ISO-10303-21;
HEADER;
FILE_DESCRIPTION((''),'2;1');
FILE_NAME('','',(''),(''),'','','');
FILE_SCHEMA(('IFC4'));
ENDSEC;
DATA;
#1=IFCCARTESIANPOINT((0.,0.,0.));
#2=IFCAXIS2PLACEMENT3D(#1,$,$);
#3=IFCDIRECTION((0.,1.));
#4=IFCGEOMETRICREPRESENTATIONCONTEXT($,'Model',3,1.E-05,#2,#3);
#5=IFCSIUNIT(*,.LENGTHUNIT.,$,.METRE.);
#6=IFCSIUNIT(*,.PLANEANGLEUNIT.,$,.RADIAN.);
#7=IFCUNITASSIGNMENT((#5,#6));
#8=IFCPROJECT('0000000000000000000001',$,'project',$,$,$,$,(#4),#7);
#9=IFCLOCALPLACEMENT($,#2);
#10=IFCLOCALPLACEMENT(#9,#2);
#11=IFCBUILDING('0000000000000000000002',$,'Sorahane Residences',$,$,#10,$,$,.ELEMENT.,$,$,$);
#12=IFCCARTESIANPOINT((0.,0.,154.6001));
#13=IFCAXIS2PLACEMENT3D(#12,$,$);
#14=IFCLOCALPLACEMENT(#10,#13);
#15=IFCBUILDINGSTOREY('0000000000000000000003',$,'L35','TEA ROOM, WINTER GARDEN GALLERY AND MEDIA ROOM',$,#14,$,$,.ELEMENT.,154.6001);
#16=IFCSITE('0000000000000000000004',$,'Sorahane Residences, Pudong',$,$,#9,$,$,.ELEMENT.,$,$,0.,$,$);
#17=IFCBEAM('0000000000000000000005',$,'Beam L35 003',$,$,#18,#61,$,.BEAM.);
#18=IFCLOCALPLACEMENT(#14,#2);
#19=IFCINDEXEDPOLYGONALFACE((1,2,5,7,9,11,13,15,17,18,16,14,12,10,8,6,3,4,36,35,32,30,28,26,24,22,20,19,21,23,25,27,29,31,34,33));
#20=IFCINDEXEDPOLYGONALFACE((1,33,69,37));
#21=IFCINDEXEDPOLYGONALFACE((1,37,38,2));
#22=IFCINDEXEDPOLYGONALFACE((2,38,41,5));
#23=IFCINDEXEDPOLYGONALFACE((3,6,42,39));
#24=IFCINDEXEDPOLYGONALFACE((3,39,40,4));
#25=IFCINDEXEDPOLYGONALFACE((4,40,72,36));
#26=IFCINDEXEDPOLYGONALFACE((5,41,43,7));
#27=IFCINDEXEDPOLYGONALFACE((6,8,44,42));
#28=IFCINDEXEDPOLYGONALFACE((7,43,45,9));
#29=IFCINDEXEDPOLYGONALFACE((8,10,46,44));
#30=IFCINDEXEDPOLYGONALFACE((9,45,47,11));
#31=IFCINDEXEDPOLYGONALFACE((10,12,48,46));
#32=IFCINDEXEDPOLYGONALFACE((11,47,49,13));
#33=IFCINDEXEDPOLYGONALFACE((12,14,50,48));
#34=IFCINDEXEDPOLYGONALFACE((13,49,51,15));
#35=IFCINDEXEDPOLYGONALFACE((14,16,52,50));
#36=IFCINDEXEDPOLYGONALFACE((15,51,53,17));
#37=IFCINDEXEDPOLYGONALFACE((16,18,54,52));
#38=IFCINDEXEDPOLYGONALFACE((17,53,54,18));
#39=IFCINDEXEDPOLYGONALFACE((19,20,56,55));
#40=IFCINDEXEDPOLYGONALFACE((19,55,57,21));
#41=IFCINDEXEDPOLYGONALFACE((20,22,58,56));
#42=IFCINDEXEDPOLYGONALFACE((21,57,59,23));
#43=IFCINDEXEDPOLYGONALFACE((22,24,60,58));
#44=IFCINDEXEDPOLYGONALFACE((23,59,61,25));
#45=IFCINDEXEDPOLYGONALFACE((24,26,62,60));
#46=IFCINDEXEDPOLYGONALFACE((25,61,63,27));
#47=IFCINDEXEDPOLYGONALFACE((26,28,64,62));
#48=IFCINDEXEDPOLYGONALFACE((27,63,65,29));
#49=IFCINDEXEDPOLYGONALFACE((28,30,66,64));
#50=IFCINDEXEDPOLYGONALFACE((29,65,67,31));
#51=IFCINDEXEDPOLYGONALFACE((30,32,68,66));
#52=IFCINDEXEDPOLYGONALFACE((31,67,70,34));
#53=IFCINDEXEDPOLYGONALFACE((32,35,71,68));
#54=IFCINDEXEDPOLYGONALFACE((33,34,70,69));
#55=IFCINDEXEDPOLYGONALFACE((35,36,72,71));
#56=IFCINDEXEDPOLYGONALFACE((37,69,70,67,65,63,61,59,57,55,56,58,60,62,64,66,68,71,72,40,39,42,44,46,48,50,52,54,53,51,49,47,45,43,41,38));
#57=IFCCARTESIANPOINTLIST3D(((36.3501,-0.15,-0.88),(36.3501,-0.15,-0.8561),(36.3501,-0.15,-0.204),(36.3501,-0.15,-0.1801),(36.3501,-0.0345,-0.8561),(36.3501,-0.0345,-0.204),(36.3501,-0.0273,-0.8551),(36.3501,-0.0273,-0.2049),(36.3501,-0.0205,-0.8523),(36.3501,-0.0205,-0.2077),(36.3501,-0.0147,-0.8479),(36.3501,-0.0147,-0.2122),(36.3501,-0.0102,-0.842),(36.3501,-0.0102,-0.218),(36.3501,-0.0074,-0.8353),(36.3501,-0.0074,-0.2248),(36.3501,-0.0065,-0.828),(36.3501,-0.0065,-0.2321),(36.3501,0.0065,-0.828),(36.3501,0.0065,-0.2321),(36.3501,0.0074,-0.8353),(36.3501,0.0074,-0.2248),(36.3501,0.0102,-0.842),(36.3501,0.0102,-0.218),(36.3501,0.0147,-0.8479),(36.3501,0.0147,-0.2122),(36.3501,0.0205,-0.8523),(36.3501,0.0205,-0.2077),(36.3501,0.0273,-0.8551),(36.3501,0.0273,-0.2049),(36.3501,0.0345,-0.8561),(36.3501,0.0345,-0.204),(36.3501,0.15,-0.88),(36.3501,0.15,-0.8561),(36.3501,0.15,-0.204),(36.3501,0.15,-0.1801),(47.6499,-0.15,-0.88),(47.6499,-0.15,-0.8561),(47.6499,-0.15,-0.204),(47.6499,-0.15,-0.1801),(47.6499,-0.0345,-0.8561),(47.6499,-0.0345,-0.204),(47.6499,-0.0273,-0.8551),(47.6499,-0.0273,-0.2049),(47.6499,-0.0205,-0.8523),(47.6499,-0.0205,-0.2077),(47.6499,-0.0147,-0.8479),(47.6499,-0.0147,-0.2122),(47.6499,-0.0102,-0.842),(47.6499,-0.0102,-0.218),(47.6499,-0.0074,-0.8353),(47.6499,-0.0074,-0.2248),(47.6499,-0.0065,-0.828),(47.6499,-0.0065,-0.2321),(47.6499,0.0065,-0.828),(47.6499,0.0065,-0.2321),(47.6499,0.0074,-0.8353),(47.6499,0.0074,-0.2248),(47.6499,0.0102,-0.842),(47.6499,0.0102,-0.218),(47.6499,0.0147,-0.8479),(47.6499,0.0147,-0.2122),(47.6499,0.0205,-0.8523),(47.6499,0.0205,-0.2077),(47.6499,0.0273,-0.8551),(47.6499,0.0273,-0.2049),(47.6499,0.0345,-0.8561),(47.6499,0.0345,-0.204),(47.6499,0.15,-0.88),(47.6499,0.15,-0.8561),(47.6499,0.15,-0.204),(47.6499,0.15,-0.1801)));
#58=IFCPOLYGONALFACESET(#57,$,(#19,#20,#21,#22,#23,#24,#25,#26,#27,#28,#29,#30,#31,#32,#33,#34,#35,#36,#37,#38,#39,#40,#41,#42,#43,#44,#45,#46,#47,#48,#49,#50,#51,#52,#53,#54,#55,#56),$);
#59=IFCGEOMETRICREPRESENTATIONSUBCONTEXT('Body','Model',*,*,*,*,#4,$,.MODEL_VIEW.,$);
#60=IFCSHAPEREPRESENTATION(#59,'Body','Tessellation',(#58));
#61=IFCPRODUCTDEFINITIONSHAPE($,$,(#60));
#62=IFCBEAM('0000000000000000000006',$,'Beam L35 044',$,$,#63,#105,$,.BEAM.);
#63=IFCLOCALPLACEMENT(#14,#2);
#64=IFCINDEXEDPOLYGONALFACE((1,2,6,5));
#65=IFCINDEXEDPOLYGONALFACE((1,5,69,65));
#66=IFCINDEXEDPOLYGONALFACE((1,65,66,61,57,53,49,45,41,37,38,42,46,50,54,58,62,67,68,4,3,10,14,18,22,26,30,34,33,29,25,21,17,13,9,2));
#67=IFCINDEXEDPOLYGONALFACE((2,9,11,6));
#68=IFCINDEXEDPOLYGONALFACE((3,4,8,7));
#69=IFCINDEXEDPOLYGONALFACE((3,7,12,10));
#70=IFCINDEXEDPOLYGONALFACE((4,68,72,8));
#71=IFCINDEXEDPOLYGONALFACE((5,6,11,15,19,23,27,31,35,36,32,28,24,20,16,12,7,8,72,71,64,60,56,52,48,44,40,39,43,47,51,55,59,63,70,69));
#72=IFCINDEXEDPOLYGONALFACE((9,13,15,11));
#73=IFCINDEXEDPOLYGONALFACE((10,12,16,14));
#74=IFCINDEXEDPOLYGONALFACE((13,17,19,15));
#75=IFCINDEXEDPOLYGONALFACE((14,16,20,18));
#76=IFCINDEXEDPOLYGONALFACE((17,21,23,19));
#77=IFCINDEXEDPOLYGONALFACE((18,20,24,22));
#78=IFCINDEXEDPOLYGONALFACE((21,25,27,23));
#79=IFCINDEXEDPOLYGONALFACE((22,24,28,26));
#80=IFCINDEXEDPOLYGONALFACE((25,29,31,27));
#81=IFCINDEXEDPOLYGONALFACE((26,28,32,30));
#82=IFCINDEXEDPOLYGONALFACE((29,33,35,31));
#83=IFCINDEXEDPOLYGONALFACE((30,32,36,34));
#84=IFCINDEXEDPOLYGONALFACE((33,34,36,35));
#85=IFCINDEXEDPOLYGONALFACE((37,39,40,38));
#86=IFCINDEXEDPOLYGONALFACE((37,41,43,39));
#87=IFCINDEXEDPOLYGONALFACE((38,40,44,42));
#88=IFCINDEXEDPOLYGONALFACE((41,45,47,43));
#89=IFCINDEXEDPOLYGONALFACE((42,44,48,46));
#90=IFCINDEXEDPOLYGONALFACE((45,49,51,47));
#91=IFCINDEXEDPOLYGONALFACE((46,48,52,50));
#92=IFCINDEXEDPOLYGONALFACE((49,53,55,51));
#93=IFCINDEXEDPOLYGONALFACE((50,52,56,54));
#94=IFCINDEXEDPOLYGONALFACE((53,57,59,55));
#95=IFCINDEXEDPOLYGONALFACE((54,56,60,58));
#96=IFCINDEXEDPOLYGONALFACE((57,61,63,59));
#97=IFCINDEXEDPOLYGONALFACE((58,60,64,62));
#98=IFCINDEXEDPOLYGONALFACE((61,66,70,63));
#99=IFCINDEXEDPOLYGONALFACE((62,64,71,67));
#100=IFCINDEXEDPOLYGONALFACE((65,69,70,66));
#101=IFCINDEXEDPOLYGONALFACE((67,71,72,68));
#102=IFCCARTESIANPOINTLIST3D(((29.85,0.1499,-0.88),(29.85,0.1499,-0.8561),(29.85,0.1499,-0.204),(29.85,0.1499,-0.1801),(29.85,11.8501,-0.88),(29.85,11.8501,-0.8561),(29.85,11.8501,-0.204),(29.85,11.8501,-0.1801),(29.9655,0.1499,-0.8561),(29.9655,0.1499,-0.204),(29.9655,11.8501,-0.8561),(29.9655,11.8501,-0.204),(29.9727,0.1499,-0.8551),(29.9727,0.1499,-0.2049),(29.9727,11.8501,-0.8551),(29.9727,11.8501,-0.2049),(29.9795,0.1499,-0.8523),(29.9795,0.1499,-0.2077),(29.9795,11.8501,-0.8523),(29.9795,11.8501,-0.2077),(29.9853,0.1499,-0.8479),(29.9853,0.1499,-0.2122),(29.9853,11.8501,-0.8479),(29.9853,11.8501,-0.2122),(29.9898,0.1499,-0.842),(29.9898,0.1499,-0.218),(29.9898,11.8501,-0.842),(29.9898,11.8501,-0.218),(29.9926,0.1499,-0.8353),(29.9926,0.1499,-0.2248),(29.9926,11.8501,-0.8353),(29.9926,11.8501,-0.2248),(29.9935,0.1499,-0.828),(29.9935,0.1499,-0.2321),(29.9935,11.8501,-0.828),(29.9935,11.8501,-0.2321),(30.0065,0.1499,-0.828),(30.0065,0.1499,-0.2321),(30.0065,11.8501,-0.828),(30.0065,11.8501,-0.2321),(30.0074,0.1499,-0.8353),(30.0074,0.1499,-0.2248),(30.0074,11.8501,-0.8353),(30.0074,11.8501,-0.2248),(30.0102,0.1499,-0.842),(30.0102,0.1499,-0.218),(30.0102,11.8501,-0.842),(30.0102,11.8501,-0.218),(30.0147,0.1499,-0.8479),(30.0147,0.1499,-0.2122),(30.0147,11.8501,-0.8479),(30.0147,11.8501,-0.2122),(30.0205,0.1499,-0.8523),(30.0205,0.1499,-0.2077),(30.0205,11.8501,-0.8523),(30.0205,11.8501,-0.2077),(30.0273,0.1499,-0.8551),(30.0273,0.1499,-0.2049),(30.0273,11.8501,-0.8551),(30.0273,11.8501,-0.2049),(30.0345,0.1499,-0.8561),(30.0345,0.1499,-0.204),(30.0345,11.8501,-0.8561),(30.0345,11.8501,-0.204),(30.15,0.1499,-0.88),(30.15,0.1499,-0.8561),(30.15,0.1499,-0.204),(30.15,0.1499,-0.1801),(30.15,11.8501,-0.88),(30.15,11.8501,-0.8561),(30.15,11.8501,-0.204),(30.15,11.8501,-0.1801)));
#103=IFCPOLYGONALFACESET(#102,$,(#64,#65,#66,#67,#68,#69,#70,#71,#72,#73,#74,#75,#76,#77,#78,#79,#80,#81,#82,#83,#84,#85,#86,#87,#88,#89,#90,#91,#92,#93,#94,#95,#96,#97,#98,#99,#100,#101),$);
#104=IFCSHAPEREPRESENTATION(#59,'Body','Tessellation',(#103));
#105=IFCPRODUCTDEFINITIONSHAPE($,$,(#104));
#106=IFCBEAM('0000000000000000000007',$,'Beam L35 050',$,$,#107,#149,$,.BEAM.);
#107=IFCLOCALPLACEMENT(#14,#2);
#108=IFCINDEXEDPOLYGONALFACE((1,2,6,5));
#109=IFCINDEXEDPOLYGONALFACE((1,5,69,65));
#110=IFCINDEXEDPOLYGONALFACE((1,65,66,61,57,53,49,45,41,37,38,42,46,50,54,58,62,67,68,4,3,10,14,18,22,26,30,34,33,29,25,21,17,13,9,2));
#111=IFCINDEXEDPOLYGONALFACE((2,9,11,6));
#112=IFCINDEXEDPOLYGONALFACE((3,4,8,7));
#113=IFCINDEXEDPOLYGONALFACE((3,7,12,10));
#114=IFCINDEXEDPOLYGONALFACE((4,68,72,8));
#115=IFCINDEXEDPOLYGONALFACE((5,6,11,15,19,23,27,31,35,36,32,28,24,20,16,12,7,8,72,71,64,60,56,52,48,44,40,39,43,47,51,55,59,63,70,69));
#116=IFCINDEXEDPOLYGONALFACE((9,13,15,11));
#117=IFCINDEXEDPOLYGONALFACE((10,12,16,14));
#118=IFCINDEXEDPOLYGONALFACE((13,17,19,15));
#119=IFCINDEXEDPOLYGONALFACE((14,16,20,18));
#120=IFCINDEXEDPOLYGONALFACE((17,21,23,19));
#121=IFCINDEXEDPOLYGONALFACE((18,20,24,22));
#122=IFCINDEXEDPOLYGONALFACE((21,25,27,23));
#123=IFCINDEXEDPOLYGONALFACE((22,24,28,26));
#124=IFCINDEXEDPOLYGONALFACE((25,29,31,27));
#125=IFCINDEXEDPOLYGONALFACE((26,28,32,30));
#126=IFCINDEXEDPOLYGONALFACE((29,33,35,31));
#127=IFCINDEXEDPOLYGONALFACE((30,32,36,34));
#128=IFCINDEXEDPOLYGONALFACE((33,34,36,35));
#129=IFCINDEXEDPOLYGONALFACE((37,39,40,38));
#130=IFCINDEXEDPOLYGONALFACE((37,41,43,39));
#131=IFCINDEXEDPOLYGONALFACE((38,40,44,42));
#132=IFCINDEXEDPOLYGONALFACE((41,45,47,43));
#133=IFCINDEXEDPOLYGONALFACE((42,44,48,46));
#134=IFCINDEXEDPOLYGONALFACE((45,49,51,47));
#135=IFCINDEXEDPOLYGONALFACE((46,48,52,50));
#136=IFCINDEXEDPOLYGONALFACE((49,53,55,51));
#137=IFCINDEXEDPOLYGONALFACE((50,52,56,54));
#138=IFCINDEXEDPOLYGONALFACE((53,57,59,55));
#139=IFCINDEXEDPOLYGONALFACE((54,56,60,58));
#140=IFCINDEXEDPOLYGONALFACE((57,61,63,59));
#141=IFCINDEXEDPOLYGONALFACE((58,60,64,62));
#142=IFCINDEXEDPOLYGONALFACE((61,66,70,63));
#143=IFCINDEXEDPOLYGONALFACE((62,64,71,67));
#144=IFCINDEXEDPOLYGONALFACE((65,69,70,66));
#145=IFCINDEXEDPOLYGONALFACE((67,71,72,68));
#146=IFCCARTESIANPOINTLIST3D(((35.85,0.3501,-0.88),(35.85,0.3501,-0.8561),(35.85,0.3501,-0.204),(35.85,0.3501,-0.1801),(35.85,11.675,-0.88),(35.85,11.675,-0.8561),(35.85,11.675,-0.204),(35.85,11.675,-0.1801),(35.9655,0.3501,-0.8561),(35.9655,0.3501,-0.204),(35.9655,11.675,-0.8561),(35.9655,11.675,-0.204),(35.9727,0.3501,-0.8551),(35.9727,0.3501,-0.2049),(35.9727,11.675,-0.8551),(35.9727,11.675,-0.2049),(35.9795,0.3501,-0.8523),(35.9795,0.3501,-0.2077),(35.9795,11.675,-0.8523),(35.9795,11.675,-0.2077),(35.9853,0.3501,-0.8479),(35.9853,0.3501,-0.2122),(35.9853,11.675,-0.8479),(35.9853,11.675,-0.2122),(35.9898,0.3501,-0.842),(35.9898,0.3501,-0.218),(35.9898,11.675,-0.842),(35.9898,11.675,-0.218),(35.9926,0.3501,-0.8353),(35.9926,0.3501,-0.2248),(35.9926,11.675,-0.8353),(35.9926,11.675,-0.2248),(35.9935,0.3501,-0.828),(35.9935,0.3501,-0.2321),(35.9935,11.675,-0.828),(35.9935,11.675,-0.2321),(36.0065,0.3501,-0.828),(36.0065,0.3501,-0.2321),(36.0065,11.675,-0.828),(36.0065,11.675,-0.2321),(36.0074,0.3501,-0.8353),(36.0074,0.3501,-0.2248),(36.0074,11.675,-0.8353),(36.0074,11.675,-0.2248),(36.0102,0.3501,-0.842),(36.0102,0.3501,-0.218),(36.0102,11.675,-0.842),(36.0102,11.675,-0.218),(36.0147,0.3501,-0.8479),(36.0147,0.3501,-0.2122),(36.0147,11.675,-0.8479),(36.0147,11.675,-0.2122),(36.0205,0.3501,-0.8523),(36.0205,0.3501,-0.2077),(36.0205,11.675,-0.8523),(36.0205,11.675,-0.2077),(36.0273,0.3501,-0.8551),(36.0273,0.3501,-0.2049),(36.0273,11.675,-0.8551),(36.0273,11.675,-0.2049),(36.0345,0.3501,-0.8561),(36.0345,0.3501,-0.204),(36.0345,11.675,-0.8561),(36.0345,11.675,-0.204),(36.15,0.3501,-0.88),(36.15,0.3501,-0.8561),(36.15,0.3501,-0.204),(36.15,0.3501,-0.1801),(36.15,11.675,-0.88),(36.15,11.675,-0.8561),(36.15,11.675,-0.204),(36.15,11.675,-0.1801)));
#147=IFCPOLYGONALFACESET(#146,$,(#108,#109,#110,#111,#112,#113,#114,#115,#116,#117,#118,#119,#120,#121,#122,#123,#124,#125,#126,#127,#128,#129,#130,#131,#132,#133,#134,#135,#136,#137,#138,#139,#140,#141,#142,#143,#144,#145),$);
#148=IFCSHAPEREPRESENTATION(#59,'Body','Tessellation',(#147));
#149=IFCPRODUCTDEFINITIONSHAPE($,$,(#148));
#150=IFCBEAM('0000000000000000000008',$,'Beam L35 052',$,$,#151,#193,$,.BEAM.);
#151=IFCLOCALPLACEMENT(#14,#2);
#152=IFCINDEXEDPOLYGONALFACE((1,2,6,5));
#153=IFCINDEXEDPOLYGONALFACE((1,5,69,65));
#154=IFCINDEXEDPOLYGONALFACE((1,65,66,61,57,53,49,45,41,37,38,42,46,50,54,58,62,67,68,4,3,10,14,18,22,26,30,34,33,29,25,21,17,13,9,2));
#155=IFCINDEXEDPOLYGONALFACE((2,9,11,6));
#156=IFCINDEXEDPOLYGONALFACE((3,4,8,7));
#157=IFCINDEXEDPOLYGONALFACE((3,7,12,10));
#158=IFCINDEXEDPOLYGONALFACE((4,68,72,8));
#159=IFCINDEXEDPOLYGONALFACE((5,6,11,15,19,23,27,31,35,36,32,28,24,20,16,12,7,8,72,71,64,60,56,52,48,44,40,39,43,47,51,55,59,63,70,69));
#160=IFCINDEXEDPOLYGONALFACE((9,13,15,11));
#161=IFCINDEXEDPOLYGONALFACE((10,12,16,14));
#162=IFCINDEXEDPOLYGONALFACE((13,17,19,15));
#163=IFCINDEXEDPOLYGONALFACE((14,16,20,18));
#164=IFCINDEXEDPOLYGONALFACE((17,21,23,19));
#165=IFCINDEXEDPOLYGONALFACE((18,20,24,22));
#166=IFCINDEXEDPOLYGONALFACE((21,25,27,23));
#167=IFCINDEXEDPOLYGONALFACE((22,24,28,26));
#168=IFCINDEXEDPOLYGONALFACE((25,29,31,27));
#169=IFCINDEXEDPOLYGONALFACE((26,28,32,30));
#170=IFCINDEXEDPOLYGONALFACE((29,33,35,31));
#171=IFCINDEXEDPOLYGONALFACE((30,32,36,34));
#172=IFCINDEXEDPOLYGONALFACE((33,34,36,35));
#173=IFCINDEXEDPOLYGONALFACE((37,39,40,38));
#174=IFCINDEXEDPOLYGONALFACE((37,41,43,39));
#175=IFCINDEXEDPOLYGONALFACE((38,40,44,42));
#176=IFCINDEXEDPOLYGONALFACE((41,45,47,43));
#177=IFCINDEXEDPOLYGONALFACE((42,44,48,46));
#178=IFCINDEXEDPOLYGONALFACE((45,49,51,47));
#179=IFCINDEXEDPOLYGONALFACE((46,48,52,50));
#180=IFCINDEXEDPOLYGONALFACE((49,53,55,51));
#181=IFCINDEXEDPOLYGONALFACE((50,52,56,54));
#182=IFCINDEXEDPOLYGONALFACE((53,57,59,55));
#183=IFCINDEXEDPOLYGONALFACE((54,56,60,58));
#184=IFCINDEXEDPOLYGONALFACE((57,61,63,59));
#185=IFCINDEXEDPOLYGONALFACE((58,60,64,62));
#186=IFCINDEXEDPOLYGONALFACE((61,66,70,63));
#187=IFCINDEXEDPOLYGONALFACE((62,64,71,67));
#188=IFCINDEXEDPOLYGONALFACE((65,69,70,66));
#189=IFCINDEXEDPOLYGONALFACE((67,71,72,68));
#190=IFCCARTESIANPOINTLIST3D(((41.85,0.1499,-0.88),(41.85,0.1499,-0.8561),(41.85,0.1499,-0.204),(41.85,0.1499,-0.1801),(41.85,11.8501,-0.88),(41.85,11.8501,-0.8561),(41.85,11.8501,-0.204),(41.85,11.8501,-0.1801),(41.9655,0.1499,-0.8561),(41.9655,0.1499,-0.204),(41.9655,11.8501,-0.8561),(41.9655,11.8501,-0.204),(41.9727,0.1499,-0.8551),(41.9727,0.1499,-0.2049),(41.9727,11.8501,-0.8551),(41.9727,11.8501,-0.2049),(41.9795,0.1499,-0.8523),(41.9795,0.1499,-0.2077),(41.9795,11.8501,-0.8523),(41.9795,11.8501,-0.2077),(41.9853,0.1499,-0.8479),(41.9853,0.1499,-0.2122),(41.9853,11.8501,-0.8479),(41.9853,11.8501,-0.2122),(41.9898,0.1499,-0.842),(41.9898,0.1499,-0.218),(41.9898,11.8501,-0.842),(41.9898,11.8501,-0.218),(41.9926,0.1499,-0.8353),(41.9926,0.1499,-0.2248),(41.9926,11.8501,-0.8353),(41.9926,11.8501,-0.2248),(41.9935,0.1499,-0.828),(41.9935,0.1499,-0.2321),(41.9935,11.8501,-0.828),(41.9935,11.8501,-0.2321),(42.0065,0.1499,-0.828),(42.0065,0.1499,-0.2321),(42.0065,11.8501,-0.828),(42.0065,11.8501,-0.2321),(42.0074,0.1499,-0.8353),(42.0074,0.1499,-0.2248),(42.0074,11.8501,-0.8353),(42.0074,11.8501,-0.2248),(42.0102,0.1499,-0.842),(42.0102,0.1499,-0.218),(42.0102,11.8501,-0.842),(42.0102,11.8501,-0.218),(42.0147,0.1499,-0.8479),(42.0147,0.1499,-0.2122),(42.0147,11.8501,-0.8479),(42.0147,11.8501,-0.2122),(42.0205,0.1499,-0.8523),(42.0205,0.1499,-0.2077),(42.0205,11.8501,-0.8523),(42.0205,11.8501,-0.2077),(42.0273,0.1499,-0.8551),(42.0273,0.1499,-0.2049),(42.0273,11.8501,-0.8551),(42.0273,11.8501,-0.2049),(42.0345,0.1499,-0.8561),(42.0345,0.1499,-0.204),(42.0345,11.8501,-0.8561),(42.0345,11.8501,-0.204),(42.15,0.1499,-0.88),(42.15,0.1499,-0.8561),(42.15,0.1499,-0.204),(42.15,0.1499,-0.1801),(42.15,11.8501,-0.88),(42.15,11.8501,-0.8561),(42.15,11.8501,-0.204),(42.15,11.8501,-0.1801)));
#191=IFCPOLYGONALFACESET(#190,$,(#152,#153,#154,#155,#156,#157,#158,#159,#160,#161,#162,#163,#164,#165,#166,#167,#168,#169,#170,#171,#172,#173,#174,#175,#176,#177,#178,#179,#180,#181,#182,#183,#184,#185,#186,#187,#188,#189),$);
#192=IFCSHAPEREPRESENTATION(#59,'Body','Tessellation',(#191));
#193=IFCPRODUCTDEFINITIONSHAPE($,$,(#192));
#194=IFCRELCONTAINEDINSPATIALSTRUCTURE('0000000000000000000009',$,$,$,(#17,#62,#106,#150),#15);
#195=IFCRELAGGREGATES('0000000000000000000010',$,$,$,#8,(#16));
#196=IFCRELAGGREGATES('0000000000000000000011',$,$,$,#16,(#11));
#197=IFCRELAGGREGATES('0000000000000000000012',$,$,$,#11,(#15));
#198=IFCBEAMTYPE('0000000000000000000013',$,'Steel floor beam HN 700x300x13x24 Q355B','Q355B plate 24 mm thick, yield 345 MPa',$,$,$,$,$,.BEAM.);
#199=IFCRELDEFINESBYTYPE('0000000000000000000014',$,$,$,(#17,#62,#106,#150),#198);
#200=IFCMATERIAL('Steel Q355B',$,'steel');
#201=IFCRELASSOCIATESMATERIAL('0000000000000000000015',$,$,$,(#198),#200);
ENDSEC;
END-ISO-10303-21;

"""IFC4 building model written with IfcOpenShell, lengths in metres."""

from ifc_helpers import new_model, si_unit, direction, frame, origin, origin_2d, place, context, subcontext, project, spatial, i_section, extrude, material, material_profile, profile_set, type_object, element, save


model = new_model("IFC4")

# Units and contexts
model_context = context("Model", 3, precision=1e-05, world=origin(), true_north=direction((0.0, 1.0)))
body_context = subcontext(model_context, "Body", "Model", "MODEL_VIEW")
ifc_project = project(units=[si_unit("LENGTHUNIT", "METRE"), si_unit("PLANEANGLEUNIT", "RADIAN")], contexts=[model_context])

# Site, building, storey
site_placement = place(None, origin())
site = spatial("IfcSite", under=ifc_project, at=site_placement, Name="Sorahane Residences, Pudong", CompositionType="ELEMENT", RefElevation=0.0)
building_placement = place(site_placement, origin())
building = spatial("IfcBuilding", under=site, at=building_placement, Name="Sorahane Residences", CompositionType="ELEMENT")
storey_placement = place(building_placement, frame((0.0, 0.0, 154.6001)))
storey = spatial("IfcBuildingStorey", under=building, at=storey_placement, Name="L35", Description="TEA ROOM, WINTER GARDEN GALLERY AND MEDIA ROOM", CompositionType="ELEMENT", Elevation=154.6001)

# Beams
ifc_material_1 = material(Name="Steel Q355B", Category="steel")
ifc_material_profile_1 = material_profile(ifc_material_1, i_section(OverallWidth=0.3, OverallDepth=0.7, WebThickness=0.0129, FlangeThickness=0.0239, FilletRadius=0.0281, at=origin_2d()), Name="HN 700x300x13x24")
ifc_profile_set_1 = profile_set([ifc_material_profile_1], Name="Steel Q355B")
beam_type_1 = type_object("IfcBeamType", Name="Steel floor beam HN 700x300x13x24 Q355B", Description="Q355B plate 24 mm thick, yield 345 MPa", PredefinedType="BEAM", material=ifc_profile_set_1)
beam_1_placement = place(storey_placement, frame((36.3501, 0.0, -0.53), z_axis=(1.0, 0.0, 0.0), x_axis=(0.0, 1.0, 0.0)))
element("IfcBeam", 1, at=beam_1_placement, inside=storey, type_object=beam_type_1, Name="Beam L35 003", PredefinedType="BEAM", context=body_context, shape_type="SweptSolid", body=[
    extrude(i_section(OverallWidth=0.3, OverallDepth=0.7, WebThickness=0.0129, FlangeThickness=0.0239, FilletRadius=0.0281, at=origin_2d()), origin(), (0.0, 0.0, 1.0), 11.2998),
])
beam_2_placement = place(storey_placement, frame((30.0, 0.1499, -0.53), z_axis=(0.0, 1.0, 0.0), x_axis=(-1.0, 0.0, 0.0)))
element("IfcBeam", 2, at=beam_2_placement, inside=storey, type_object=beam_type_1, Name="Beam L35 044", PredefinedType="BEAM", context=body_context, shape_type="SweptSolid", body=[
    extrude(i_section(OverallWidth=0.3, OverallDepth=0.7, WebThickness=0.0129, FlangeThickness=0.0239, FilletRadius=0.0281, at=origin_2d()), origin(), (0.0, 0.0, 1.0), 11.7002),
])
beam_3_placement = place(storey_placement, frame((36.0, 0.3501, -0.53), z_axis=(0.0, 1.0, 0.0), x_axis=(-1.0, 0.0, 0.0)))
element("IfcBeam", 3, at=beam_3_placement, inside=storey, type_object=beam_type_1, Name="Beam L35 050", PredefinedType="BEAM", context=body_context, shape_type="SweptSolid", body=[
    extrude(i_section(OverallWidth=0.3, OverallDepth=0.7, WebThickness=0.0129, FlangeThickness=0.0239, FilletRadius=0.0281, at=origin_2d()), origin(), (0.0, 0.0, 1.0), 11.325),
])
beam_4_placement = place(storey_placement, frame((42.0, 0.1499, -0.53), z_axis=(0.0, 1.0, 0.0), x_axis=(-1.0, 0.0, 0.0)))
element("IfcBeam", 4, at=beam_4_placement, inside=storey, type_object=beam_type_1, Name="Beam L35 052", PredefinedType="BEAM", context=body_context, shape_type="SweptSolid", body=[
    extrude(i_section(OverallWidth=0.3, OverallDepth=0.7, WebThickness=0.0129, FlangeThickness=0.0239, FilletRadius=0.0281, at=origin_2d()), origin(), (0.0, 0.0, 1.0), 11.7002),
])

save(model, "model.ifc")
